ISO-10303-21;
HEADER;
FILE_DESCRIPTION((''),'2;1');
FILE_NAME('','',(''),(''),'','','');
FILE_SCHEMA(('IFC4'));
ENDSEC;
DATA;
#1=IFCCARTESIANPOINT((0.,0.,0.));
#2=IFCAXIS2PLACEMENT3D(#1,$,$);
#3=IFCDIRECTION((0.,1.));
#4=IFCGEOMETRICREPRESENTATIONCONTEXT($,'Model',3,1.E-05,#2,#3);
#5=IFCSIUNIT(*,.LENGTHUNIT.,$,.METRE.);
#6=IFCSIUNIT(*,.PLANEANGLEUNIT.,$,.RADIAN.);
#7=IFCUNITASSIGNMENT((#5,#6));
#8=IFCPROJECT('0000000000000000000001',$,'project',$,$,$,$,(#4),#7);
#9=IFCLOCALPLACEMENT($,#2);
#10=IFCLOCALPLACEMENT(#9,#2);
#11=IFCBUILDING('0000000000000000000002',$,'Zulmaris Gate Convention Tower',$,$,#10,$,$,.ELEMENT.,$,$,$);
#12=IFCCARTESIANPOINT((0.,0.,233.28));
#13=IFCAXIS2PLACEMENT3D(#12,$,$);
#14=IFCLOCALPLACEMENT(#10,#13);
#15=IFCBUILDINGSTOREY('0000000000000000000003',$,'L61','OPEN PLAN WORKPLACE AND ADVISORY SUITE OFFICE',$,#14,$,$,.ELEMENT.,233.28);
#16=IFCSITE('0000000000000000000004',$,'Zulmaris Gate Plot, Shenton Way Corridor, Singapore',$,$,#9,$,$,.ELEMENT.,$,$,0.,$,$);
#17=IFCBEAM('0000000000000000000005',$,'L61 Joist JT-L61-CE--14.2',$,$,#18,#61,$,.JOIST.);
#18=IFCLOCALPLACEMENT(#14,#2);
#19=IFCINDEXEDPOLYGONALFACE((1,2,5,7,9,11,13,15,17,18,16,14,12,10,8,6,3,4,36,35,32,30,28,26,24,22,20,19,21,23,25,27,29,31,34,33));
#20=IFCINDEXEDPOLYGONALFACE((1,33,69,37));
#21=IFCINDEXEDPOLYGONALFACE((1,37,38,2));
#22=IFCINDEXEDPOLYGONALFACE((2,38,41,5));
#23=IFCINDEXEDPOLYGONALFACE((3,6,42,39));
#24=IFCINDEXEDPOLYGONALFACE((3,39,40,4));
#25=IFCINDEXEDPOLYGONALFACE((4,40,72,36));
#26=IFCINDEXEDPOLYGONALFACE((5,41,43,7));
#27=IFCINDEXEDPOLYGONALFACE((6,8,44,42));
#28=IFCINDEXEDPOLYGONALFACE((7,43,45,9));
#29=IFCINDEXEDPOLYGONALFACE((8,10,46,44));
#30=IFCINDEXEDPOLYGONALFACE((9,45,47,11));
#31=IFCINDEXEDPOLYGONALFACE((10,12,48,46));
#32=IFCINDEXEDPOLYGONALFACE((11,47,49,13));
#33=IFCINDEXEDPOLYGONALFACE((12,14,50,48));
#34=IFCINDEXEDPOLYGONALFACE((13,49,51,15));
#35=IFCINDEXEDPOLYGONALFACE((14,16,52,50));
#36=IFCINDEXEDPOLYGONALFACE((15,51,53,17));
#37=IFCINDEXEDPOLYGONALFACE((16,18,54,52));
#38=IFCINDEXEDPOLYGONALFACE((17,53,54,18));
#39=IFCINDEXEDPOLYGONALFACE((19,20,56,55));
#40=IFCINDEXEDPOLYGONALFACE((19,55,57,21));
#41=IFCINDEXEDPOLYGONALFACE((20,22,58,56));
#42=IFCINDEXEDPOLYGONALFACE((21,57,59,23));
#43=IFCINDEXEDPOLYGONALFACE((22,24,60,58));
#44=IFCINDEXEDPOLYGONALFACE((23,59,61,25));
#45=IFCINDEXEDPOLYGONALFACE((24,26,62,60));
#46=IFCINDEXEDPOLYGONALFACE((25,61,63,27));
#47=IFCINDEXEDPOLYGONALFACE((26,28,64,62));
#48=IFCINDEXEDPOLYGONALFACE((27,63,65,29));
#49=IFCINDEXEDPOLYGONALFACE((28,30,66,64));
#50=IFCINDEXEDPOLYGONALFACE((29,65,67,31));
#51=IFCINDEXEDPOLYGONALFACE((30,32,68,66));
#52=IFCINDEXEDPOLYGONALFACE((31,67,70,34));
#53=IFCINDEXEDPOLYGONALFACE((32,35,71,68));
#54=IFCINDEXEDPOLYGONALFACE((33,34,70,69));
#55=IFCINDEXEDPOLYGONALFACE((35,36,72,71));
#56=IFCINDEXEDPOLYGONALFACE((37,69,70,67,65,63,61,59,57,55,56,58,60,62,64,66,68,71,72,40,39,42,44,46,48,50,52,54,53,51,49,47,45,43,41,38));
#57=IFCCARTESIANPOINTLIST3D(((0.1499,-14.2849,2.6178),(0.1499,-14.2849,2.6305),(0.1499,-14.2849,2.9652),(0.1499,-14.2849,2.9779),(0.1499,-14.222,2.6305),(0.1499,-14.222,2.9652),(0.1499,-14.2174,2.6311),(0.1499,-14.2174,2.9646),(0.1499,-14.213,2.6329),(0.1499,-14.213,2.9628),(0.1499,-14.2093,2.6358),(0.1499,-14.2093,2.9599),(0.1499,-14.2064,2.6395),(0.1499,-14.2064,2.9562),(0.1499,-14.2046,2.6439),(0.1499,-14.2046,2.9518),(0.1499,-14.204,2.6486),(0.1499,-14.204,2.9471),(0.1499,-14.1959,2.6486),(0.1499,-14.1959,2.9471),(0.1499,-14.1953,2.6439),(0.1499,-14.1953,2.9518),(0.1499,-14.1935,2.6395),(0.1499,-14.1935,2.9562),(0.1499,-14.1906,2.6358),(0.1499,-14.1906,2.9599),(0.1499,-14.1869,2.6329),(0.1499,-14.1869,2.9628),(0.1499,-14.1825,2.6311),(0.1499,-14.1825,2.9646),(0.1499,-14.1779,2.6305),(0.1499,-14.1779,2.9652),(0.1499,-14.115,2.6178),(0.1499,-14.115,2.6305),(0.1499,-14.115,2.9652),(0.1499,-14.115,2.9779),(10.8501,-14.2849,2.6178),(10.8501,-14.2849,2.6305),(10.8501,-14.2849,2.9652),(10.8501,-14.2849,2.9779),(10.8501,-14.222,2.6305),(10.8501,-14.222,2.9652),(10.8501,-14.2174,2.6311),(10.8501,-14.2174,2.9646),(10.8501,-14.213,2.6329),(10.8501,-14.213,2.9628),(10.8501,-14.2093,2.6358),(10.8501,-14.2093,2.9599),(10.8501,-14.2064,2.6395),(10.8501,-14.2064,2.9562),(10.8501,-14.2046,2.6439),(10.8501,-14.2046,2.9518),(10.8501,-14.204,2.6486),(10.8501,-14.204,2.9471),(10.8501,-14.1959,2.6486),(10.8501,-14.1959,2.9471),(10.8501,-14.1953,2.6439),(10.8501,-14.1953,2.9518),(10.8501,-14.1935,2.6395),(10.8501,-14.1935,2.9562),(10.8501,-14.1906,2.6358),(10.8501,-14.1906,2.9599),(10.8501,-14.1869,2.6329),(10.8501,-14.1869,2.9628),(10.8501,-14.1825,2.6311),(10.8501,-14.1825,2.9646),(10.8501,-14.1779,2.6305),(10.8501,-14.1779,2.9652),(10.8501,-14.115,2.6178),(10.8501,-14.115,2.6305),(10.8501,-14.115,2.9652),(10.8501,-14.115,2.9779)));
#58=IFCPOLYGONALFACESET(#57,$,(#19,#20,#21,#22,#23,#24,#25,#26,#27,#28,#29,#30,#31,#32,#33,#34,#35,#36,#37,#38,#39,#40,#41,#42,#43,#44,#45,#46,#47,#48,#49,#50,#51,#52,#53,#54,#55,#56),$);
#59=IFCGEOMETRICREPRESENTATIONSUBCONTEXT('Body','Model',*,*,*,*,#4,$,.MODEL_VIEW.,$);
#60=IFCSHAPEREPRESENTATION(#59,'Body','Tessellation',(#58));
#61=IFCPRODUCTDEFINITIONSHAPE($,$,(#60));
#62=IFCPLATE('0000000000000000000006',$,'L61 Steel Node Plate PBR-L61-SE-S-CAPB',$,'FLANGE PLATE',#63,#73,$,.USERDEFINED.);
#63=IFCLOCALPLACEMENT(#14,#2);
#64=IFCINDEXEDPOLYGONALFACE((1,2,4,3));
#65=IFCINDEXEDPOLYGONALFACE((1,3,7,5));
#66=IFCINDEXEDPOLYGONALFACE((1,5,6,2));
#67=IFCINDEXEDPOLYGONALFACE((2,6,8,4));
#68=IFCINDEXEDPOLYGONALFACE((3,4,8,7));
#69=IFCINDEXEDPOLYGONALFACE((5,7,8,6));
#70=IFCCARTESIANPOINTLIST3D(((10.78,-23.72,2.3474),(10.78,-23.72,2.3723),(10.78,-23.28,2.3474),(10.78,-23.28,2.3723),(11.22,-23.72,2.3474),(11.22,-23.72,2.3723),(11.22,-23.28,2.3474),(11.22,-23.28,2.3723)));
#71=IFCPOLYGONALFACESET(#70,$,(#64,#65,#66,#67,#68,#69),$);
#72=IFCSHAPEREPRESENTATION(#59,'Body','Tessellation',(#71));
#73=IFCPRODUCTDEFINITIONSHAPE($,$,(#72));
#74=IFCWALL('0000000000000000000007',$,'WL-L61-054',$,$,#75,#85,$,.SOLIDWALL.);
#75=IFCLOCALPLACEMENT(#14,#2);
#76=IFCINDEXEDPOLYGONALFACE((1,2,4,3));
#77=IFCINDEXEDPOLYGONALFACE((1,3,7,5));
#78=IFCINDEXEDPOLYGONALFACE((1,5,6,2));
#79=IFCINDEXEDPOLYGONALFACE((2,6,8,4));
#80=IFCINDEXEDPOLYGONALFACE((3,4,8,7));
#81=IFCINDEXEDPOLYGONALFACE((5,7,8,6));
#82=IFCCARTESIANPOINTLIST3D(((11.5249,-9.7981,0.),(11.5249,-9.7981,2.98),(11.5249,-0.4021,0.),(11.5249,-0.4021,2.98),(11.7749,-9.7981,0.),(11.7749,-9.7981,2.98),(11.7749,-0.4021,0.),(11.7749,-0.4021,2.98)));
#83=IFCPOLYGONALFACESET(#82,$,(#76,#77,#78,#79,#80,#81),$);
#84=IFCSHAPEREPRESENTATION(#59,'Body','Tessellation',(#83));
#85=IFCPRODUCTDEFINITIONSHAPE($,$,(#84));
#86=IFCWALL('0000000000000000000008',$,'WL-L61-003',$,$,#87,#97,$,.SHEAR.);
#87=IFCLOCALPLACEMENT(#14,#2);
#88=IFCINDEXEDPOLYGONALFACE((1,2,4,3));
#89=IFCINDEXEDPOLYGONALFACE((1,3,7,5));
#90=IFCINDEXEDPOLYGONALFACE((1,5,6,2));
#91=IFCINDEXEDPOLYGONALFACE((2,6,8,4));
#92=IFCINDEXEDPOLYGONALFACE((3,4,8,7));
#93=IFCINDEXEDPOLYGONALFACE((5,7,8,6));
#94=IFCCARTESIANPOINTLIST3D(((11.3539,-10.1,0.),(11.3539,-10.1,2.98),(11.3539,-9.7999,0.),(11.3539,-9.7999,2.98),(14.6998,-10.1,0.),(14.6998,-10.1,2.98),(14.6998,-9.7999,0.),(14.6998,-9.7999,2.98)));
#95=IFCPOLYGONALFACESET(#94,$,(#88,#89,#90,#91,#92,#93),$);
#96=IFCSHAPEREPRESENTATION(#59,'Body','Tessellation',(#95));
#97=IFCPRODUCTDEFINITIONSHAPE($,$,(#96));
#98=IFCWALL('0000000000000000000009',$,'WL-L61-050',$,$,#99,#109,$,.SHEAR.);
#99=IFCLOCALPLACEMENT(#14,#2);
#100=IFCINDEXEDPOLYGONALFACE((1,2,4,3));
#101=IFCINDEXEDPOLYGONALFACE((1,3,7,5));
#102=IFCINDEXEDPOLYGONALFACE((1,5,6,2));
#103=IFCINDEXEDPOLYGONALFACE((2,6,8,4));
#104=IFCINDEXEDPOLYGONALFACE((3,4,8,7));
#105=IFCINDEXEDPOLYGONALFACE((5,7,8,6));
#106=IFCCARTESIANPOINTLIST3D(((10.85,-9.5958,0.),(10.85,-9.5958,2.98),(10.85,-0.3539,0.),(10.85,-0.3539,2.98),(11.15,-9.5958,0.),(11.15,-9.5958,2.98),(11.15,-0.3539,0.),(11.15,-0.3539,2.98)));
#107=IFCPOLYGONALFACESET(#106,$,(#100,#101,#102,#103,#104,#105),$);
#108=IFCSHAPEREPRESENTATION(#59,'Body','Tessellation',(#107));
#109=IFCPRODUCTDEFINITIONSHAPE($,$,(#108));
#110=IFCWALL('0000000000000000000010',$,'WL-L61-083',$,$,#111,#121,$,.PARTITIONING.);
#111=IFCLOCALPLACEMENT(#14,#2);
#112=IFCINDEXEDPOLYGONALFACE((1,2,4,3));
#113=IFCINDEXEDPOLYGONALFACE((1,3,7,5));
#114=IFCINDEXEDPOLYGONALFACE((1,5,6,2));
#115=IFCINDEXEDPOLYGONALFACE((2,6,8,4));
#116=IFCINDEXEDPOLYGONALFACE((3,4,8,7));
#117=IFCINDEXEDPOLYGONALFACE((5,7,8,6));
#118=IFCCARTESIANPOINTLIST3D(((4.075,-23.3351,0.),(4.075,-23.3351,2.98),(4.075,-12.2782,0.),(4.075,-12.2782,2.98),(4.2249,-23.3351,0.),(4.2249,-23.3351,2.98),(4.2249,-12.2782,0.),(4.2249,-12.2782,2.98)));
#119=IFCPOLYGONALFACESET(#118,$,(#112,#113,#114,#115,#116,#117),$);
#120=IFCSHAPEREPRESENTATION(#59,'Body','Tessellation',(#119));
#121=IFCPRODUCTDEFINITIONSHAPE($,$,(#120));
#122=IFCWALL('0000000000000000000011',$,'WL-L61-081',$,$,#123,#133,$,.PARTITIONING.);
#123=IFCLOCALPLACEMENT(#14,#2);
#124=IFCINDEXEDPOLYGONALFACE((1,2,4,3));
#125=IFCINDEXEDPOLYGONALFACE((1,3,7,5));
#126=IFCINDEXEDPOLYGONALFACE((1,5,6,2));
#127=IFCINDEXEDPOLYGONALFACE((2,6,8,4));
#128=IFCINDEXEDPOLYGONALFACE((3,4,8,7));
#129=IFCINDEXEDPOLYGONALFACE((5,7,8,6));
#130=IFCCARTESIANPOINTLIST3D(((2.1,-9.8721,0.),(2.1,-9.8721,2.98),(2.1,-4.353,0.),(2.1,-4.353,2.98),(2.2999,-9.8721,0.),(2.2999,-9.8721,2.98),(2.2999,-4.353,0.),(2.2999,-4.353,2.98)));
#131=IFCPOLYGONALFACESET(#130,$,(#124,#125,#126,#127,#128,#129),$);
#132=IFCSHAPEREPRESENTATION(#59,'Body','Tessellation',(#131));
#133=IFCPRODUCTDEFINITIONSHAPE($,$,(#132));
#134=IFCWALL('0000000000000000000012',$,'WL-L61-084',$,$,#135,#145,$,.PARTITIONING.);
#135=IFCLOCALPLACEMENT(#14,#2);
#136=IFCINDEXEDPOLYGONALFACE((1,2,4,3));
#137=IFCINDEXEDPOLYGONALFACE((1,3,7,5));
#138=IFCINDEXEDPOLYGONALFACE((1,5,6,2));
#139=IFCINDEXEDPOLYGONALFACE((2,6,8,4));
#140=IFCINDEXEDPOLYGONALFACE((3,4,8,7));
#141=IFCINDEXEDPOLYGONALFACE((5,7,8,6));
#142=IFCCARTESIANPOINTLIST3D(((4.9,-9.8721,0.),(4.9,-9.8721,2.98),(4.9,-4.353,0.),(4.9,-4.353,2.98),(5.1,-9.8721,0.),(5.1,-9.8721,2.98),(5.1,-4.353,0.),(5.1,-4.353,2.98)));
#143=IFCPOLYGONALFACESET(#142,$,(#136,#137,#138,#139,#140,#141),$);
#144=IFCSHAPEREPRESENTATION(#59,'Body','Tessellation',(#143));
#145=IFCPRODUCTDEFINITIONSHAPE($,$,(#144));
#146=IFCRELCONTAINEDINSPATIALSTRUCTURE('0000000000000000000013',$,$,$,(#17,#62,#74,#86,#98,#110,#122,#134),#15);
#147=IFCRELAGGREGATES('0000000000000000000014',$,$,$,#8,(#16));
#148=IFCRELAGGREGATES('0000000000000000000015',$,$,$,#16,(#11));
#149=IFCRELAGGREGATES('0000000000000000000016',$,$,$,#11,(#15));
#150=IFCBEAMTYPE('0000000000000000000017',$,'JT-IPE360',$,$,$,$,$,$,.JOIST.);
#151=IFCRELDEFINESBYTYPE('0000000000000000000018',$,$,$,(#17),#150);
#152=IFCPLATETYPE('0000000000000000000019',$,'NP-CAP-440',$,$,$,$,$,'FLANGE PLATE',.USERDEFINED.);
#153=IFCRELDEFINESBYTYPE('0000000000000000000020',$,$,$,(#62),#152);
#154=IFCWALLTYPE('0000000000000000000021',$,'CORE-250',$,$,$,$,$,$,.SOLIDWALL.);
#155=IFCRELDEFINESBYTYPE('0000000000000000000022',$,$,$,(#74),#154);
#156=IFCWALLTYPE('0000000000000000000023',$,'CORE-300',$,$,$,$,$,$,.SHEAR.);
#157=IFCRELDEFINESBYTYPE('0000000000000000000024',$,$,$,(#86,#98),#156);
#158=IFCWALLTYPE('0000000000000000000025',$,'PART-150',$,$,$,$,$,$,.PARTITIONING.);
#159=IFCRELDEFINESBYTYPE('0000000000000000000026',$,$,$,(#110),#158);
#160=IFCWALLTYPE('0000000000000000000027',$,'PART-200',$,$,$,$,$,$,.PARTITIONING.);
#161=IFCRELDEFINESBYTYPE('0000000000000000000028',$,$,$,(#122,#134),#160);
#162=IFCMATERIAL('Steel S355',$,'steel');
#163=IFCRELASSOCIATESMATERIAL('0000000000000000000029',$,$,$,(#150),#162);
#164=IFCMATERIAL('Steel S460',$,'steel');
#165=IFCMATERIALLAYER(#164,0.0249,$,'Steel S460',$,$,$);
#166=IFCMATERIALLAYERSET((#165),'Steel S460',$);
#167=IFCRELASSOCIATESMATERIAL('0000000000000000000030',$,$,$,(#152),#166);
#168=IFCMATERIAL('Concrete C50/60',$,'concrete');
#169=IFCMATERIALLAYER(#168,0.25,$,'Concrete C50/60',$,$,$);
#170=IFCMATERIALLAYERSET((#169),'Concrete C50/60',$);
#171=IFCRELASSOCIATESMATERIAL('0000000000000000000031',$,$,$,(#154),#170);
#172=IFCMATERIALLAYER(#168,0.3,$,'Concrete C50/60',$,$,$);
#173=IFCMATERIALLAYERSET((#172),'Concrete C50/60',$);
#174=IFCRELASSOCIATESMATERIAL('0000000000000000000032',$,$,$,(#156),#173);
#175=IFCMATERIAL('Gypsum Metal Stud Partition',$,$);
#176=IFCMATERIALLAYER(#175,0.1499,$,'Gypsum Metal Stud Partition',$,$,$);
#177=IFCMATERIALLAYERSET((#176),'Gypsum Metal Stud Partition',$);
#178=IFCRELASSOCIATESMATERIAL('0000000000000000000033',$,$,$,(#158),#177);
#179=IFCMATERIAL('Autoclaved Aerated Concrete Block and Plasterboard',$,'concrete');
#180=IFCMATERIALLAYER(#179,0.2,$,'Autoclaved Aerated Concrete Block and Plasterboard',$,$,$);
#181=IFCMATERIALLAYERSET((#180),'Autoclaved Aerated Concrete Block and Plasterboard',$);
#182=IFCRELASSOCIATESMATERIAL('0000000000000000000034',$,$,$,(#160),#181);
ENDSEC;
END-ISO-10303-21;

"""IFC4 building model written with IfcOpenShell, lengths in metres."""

from ifc_helpers import new_model, si_unit, direction, frame, frame_2d, origin, origin_2d, place, context, subcontext, project, spatial, rectangle, i_section, extrude, material, layer, layer_set, material_profile, profile_set, type_object, element, save


model = new_model("IFC4")

# Units and contexts
model_context = context("Model", 3, precision=1e-05, world=origin(), true_north=direction((0.0, 1.0)))
body_context = subcontext(model_context, "Body", "Model", "MODEL_VIEW")
ifc_project = project(units=[si_unit("LENGTHUNIT", "METRE"), si_unit("PLANEANGLEUNIT", "RADIAN")], contexts=[model_context])

# Site, building, storey
site_placement = place(None, origin())
site = spatial("IfcSite", under=ifc_project, at=site_placement, Name="Zulmaris Gate Plot, Shenton Way Corridor, Singapore", CompositionType="ELEMENT", RefElevation=0.0)
building_placement = place(site_placement, origin())
building = spatial("IfcBuilding", under=site, at=building_placement, Name="Zulmaris Gate Convention Tower", CompositionType="ELEMENT")
storey_placement = place(building_placement, frame((0.0, 0.0, 233.28)))
storey = spatial("IfcBuildingStorey", under=building, at=storey_placement, Name="L61", Description="OPEN PLAN WORKPLACE AND ADVISORY SUITE OFFICE", CompositionType="ELEMENT", Elevation=233.28)

# Shared definitions
ifc_material_1 = material(Name="Concrete C50/60", Category="concrete")

# Beam
ifc_material_2 = material(Name="Steel S355", Category="steel")
ifc_material_profile_1 = material_profile(ifc_material_2, i_section(OverallWidth=0.1699, OverallDepth=0.3601, WebThickness=0.0081, FlangeThickness=0.0127, FilletRadius=0.0181, at=origin_2d()), Name="IPE 360")
ifc_profile_set_1 = profile_set([ifc_material_profile_1], Name="Steel S355")
beam_type_1 = type_object("IfcBeamType", Name="JT-IPE360", PredefinedType="JOIST", material=ifc_profile_set_1)
for number, where, z_axis, x_axis, name in (
    (1, (0.1499, -14.2, 2.7979), (1.0, 0.0, 0.0), (0.0, 1.0, 0.0), "L61 Joist JT-L61-CE--14.2"),
):
    element("IfcBeam", number, at=place(storey_placement, frame(where, z_axis=z_axis, x_axis=x_axis)), inside=storey, type_object=beam_type_1, Name=name, PredefinedType="JOIST", context=body_context, shape_type="SweptSolid", body=[
        extrude(i_section(OverallWidth=0.1699, OverallDepth=0.3601, WebThickness=0.0081, FlangeThickness=0.0127, FilletRadius=0.0181, at=origin_2d()), origin(), (0.0, 0.0, 1.0), 10.7002),
    ])

# Plate
ifc_material_3 = material(Name="Steel S460", Category="steel")
ifc_layer_1 = layer(ifc_material_3, 0.0249, Name="Steel S460")
ifc_layer_set_1 = layer_set([ifc_layer_1], Name="Steel S460")
plate_type = type_object("IfcPlateType", Name="NP-CAP-440", ElementType="FLANGE PLATE", PredefinedType="USERDEFINED", material=ifc_layer_set_1)
plate_placement = place(storey_placement, frame((11.0, -23.5, 2.3474), z_axis=(0.0, 0.0, 1.0), x_axis=(1.0, 0.0, 0.0)))
element("IfcPlate", 2, at=plate_placement, inside=storey, type_object=plate_type, Name="L61 Steel Node Plate PBR-L61-SE-S-CAPB", ObjectType="FLANGE PLATE", PredefinedType="USERDEFINED", context=body_context, shape_type="SweptSolid", body=[
    extrude(rectangle(XDim=0.4399, YDim=0.4399, at=origin_2d()), origin(), (0.0, 0.0, 1.0), 0.0249),
])

# Walls
ifc_layer_2 = layer(ifc_material_1, 0.25, Name="Concrete C50/60")
ifc_layer_set_2 = layer_set([ifc_layer_2], Name="Concrete C50/60")
wall_type_1 = type_object("IfcWallType", Name="CORE-250", PredefinedType="SOLIDWALL", material=ifc_layer_set_2)
wall_1_placement = place(storey_placement, frame((11.6499, -9.7981, 0.0), z_axis=(0.0, 0.0, 1.0), x_axis=(0.0, 1.0, 0.0)))
element("IfcWall", 3, at=wall_1_placement, inside=storey, type_object=wall_type_1, Name="WL-L61-054", PredefinedType="SOLIDWALL", context=body_context, shape_type="SweptSolid", body=[
    extrude(rectangle(XDim=9.396, YDim=0.25, at=frame_2d((4.698, 0.0))), origin(), (0.0, 0.0, 1.0), 2.98),
])
ifc_layer_3 = layer(ifc_material_1, 0.3, Name="Concrete C50/60")
ifc_layer_set_3 = layer_set([ifc_layer_3], Name="Concrete C50/60")
wall_type_2 = type_object("IfcWallType", Name="CORE-300", PredefinedType="SHEAR", material=ifc_layer_set_3)
wall_2_placement = place(storey_placement, frame((11.354, -9.95, 0.0), z_axis=(0.0, 0.0, 1.0), x_axis=(1.0, 0.0, 0.0)))
element("IfcWall", 4, at=wall_2_placement, inside=storey, type_object=wall_type_2, Name="WL-L61-003", PredefinedType="SHEAR", context=body_context, shape_type="SweptSolid", body=[
    extrude(rectangle(XDim=3.3459, YDim=0.3, at=frame_2d((1.6729, 0.0))), origin(), (0.0, 0.0, 1.0), 2.98),
])

# Walls
wall_3_placement = place(storey_placement, frame((11.0, -9.5959, 0.0), z_axis=(0.0, 0.0, 1.0), x_axis=(0.0, 1.0, 0.0)))
element("IfcWall", 5, at=wall_3_placement, inside=storey, type_object=wall_type_2, Name="WL-L61-050", PredefinedType="SHEAR", context=body_context, shape_type="SweptSolid", body=[
    extrude(rectangle(XDim=9.2419, YDim=0.3, at=frame_2d((4.6211, 0.0))), origin(), (0.0, 0.0, 1.0), 2.98),
])
ifc_material_4 = material(Name="Gypsum Metal Stud Partition")
ifc_layer_4 = layer(ifc_material_4, 0.1499, Name="Gypsum Metal Stud Partition")
ifc_layer_set_4 = layer_set([ifc_layer_4], Name="Gypsum Metal Stud Partition")
wall_type_3 = type_object("IfcWallType", Name="PART-150", PredefinedType="PARTITIONING", material=ifc_layer_set_4)
wall_4_placement = place(storey_placement, frame((4.1499, -23.335, 0.0), z_axis=(0.0, 0.0, 1.0), x_axis=(0.0, 1.0, 0.0)))
element("IfcWall", 6, at=wall_4_placement, inside=storey, type_object=wall_type_3, Name="WL-L61-083", PredefinedType="PARTITIONING", context=body_context, shape_type="SweptSolid", body=[
    extrude(rectangle(XDim=11.0569, YDim=0.1499, at=frame_2d((5.5283, 0.0))), origin(), (0.0, 0.0, 1.0), 2.98),
])
ifc_material_5 = material(Name="Autoclaved Aerated Concrete Block and Plasterboard", Category="concrete")
ifc_layer_5 = layer(ifc_material_5, 0.2, Name="Autoclaved Aerated Concrete Block and Plasterboard")
ifc_layer_set_5 = layer_set([ifc_layer_5], Name="Autoclaved Aerated Concrete Block and Plasterboard")
wall_type_4 = type_object("IfcWallType", Name="PART-200", PredefinedType="PARTITIONING", material=ifc_layer_set_5)
for number, where, z_axis, x_axis, name in (
    (7, (2.2, -9.8721, 0.0), (0.0, 0.0, 1.0), (0.0, 1.0, 0.0), "WL-L61-081"),
    (8, (5.0, -9.8721, 0.0), (0.0, 0.0, 1.0), (0.0, 1.0, 0.0), "WL-L61-084"),
):
    element("IfcWall", number, at=place(storey_placement, frame(where, z_axis=z_axis, x_axis=x_axis)), inside=storey, type_object=wall_type_4, Name=name, PredefinedType="PARTITIONING", context=body_context, shape_type="SweptSolid", body=[
        extrude(rectangle(XDim=5.519, YDim=0.2, at=frame_2d((2.7595, 0.0))), origin(), (0.0, 0.0, 1.0), 2.98),
    ])

save(model, "model.ifc")
